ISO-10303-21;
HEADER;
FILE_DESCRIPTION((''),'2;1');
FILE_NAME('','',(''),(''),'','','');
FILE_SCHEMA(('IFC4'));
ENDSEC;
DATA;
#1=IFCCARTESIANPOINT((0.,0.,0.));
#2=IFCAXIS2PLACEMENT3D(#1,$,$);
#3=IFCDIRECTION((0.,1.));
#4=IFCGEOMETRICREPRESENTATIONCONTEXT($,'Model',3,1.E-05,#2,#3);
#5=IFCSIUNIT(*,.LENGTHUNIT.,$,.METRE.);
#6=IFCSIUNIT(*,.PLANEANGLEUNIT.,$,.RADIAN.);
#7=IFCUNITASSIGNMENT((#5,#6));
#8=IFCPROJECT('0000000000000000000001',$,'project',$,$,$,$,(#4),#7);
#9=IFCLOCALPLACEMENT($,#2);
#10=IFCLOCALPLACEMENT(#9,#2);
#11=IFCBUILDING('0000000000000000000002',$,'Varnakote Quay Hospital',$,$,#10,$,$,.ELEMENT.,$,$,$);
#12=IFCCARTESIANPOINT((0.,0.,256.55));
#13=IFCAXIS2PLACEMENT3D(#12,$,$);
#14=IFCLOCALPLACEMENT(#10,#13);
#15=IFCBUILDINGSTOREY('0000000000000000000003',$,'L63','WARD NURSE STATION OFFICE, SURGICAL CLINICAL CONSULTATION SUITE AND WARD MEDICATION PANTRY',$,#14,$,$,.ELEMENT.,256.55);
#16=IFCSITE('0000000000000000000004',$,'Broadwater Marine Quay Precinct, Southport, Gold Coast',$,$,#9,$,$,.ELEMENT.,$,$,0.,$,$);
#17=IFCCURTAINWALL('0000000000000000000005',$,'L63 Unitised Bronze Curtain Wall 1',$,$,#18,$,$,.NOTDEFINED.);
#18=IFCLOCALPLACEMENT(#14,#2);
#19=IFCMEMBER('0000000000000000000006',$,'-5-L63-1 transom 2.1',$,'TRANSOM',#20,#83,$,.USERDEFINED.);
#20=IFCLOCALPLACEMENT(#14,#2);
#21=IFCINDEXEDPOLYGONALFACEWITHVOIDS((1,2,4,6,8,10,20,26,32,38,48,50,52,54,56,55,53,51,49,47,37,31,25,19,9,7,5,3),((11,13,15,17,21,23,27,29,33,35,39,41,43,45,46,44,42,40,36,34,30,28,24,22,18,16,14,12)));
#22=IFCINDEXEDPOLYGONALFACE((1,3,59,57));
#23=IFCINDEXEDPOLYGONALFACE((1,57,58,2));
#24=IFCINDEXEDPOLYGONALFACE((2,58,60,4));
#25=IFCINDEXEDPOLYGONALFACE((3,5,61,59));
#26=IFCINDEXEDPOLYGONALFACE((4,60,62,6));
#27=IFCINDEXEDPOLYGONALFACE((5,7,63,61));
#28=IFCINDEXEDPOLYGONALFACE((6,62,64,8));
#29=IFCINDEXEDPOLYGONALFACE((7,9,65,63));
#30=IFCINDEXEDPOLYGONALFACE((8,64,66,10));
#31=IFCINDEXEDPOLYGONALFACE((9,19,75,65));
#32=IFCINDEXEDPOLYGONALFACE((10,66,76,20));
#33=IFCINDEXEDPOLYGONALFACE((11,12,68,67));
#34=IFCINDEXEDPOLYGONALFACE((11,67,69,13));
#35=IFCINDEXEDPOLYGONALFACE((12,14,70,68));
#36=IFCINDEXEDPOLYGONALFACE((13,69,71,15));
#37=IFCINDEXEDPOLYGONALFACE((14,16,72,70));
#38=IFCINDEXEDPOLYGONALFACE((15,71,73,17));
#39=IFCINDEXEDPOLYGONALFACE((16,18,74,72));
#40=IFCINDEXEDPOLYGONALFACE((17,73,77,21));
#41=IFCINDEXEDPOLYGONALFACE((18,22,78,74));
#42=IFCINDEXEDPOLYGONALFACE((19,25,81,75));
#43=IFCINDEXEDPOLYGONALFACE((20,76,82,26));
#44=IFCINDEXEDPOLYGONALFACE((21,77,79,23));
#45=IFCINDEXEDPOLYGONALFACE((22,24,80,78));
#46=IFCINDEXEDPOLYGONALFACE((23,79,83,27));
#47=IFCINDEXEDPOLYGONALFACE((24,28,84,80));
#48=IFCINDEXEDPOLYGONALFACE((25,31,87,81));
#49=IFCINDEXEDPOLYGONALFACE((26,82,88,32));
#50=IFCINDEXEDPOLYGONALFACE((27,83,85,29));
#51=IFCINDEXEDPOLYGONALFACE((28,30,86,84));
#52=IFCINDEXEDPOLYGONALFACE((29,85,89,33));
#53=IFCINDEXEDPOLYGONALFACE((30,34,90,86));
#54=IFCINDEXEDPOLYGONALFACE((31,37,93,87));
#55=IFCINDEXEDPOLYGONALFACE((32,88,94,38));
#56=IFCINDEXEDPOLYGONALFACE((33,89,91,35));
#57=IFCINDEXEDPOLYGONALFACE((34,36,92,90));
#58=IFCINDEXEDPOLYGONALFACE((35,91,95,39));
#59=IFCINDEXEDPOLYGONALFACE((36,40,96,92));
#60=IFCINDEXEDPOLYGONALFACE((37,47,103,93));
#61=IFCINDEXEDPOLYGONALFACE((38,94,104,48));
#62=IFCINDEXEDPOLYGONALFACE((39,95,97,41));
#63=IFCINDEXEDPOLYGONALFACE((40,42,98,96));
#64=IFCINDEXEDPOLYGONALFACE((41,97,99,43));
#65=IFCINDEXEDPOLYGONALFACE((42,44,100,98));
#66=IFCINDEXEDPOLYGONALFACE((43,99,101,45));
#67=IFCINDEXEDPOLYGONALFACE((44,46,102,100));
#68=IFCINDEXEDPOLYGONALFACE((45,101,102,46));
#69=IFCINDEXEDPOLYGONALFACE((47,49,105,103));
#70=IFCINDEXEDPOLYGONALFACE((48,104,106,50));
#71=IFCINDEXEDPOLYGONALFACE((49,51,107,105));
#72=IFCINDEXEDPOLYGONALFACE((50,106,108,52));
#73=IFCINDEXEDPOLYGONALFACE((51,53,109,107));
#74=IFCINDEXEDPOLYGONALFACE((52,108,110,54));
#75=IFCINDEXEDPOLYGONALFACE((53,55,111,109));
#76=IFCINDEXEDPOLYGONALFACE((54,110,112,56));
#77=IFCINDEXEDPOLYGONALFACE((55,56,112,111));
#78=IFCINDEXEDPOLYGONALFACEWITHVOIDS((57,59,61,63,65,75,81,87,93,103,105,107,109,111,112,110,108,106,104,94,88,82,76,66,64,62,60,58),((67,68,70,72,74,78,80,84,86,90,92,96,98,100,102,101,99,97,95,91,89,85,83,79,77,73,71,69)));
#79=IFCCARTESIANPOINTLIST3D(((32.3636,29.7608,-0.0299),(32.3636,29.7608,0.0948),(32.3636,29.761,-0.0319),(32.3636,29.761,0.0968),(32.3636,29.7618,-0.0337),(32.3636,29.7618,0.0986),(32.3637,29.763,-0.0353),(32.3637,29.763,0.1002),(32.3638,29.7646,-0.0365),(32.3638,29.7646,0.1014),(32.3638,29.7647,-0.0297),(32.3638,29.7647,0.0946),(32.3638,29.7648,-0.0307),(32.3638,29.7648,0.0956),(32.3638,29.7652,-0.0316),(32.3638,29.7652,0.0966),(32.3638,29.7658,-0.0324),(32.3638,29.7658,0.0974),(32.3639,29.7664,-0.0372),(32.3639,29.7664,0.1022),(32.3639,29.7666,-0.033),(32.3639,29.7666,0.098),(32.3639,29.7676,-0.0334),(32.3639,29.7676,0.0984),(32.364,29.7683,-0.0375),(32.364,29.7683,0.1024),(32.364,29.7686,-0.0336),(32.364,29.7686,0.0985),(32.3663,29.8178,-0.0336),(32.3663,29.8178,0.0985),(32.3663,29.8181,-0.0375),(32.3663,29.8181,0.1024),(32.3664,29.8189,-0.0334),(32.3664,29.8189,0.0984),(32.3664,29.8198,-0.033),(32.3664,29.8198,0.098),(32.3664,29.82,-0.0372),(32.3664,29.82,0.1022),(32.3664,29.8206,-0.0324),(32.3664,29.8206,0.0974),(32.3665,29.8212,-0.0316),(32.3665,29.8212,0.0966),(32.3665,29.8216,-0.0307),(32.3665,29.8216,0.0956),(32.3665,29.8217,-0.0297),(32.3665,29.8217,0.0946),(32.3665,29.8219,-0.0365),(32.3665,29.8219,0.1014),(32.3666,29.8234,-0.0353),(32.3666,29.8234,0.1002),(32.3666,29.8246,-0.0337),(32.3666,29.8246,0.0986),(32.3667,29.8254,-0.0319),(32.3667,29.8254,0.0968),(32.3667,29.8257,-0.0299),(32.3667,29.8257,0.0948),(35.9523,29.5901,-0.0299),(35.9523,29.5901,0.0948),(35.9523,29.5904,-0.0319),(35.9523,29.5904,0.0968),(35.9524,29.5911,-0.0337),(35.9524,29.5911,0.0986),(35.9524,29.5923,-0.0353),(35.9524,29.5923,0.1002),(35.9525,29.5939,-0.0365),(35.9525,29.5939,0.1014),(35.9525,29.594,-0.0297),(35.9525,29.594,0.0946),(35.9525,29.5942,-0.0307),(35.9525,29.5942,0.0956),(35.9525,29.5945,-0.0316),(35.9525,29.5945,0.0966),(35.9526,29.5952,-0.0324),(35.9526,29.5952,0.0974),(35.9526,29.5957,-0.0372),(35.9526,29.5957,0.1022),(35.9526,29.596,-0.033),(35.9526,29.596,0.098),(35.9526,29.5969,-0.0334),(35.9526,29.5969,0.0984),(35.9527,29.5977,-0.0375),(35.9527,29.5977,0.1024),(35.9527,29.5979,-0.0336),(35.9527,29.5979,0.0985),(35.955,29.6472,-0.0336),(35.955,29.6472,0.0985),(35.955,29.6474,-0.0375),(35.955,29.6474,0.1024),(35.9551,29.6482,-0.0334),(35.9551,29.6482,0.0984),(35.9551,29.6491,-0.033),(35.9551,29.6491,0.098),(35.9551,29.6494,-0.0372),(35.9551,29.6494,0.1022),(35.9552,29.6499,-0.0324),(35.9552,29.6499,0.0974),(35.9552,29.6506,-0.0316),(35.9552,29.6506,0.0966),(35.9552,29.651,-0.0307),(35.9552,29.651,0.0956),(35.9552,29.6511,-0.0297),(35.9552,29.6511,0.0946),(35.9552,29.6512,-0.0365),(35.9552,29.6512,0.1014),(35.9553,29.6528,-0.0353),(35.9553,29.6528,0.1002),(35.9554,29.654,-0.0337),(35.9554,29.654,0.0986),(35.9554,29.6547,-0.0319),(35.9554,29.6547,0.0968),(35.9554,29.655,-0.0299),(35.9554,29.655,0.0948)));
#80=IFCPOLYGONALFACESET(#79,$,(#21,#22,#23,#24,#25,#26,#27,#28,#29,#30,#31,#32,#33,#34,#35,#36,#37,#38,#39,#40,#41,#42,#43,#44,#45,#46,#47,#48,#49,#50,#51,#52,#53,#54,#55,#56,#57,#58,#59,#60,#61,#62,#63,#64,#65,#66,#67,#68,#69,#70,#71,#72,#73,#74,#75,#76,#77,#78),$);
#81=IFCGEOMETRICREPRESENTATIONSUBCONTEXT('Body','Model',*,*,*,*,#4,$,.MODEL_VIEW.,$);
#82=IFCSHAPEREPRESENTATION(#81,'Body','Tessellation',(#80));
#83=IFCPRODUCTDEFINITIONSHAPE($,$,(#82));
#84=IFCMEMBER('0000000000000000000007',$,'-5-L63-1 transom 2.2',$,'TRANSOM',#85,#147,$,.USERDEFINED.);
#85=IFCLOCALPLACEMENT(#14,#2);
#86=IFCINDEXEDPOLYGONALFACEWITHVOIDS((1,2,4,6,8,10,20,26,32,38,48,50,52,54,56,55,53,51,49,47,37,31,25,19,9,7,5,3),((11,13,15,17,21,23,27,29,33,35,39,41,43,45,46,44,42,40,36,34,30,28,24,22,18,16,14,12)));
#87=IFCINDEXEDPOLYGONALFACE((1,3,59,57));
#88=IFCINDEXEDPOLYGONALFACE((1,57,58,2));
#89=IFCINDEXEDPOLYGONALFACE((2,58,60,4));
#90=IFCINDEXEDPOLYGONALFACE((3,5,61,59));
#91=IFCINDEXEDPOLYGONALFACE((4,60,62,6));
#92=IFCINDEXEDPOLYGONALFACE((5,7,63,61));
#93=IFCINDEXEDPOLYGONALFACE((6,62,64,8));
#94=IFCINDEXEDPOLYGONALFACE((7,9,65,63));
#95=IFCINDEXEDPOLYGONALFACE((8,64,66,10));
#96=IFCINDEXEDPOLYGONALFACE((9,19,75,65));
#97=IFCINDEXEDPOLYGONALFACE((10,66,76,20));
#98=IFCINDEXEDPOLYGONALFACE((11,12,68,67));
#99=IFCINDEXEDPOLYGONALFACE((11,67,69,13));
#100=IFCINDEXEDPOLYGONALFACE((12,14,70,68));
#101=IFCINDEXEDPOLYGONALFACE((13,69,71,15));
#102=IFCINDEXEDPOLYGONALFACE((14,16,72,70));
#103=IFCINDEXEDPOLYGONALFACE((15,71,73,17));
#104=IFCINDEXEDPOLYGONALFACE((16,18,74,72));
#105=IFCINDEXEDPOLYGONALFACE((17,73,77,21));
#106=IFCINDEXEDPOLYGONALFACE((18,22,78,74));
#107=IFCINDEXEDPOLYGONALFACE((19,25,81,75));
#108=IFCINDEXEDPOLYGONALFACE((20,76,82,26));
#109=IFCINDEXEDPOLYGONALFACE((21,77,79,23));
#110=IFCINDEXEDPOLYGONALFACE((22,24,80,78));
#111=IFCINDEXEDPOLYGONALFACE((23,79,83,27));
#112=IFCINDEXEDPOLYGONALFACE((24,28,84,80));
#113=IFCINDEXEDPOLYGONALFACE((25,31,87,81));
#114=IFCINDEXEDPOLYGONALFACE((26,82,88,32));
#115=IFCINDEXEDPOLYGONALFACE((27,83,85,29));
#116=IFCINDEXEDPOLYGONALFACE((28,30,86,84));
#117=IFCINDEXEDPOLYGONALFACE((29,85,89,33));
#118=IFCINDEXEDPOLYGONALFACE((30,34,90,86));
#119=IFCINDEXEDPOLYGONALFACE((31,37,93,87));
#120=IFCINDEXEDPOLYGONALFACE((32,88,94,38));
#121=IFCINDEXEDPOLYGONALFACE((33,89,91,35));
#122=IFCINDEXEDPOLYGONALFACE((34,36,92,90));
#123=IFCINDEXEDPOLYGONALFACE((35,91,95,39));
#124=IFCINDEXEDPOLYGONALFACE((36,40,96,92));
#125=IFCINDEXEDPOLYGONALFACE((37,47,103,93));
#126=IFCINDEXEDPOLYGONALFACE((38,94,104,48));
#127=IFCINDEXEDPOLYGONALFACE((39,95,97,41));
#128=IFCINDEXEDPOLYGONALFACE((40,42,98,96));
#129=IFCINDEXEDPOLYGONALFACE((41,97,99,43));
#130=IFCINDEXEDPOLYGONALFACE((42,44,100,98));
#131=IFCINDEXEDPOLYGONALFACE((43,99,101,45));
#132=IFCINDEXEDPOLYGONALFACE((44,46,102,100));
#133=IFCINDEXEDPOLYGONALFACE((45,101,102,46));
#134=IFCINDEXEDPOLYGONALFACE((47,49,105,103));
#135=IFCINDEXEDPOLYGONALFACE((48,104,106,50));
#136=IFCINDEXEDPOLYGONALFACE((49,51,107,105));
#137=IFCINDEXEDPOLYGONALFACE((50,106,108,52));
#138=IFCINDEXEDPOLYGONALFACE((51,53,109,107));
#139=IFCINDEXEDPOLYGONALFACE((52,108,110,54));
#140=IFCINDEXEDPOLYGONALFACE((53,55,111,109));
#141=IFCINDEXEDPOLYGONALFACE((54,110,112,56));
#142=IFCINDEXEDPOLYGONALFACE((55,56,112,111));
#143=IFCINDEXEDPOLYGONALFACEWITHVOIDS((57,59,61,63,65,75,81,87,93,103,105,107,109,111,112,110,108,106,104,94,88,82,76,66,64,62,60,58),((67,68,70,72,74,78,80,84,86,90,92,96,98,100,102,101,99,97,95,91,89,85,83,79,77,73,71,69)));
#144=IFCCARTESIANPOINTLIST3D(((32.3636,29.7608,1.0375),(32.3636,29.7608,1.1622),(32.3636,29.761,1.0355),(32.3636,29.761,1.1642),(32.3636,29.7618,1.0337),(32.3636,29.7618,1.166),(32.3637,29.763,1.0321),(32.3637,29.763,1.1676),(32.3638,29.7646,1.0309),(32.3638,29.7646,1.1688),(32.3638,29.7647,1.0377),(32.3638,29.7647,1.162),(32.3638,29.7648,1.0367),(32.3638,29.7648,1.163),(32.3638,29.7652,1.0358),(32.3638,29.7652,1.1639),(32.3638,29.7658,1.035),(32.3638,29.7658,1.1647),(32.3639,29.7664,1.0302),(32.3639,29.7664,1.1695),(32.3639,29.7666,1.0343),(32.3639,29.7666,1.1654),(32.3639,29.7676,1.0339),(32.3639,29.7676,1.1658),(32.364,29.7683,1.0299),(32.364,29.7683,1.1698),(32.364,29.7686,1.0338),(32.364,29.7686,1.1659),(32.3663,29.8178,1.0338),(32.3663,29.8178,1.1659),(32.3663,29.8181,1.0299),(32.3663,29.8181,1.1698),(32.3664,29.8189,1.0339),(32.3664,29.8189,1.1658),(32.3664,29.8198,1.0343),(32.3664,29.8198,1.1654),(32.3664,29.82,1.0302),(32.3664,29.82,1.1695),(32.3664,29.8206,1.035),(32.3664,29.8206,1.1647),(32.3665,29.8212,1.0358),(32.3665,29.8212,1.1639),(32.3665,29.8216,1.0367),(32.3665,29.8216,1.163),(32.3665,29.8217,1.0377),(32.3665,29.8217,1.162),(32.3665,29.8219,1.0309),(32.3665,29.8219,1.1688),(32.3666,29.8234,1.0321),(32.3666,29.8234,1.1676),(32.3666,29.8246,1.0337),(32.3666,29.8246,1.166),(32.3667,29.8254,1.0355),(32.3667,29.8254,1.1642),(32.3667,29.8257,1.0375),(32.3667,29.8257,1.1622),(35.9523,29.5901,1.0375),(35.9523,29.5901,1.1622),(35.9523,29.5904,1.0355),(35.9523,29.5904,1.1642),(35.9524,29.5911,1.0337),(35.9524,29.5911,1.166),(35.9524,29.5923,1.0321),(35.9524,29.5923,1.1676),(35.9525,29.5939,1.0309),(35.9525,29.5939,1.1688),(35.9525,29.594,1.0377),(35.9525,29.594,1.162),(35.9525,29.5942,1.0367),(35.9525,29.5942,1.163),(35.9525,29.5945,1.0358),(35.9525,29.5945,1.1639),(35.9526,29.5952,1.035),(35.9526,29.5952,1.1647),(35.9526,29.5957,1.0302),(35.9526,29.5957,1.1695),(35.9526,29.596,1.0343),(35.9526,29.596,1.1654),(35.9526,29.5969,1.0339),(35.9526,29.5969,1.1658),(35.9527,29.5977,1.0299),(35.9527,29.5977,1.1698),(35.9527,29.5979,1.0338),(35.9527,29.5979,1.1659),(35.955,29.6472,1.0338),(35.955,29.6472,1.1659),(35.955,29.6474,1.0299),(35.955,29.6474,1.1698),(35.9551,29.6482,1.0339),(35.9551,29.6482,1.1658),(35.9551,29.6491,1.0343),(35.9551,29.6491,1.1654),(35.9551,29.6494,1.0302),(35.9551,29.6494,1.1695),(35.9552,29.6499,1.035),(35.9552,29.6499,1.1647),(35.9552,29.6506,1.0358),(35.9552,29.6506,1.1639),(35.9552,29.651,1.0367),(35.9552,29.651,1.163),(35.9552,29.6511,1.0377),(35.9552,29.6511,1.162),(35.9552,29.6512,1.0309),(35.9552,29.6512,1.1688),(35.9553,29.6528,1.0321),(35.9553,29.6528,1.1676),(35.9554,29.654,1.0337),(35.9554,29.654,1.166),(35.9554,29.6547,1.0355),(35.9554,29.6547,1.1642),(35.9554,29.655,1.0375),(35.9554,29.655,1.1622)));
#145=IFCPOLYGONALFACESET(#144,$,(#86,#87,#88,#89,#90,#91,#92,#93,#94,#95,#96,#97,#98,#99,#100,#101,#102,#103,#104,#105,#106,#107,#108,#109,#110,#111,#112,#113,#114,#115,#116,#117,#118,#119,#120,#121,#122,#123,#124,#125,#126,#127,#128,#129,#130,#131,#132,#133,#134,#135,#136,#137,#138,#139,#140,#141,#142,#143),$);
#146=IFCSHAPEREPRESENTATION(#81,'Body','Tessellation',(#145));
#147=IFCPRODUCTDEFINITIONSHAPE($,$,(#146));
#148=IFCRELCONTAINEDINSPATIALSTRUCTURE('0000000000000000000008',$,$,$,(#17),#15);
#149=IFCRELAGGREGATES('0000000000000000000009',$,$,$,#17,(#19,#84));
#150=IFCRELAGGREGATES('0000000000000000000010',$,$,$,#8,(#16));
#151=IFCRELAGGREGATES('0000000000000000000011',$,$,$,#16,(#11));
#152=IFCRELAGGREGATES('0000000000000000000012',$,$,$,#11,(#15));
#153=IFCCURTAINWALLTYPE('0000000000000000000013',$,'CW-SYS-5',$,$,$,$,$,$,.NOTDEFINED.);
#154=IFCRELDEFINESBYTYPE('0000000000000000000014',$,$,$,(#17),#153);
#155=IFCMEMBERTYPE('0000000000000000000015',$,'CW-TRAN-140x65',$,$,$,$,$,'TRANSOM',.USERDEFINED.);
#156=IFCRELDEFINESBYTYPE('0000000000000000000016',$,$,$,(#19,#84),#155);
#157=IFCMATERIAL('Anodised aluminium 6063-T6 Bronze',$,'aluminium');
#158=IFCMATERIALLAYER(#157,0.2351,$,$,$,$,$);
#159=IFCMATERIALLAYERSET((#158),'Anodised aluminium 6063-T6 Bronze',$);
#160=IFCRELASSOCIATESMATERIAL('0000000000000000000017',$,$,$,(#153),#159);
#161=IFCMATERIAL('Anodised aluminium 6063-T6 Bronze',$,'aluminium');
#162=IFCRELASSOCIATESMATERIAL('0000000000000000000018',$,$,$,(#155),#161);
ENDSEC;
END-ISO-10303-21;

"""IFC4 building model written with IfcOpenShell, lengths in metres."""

from ifc_helpers import new_model, si_unit, direction, frame, origin, origin_2d, place, context, subcontext, project, spatial, hollow_rectangle, extrude, material, layer, layer_set, material_profile, profile_set, type_object, element, aggregate, save


model = new_model("IFC4")

# Units and contexts
model_context = context("Model", 3, precision=1e-05, world=origin(), true_north=direction((0.0, 1.0)))
body_context = subcontext(model_context, "Body", "Model", "MODEL_VIEW")
ifc_project = project(units=[si_unit("LENGTHUNIT", "METRE"), si_unit("PLANEANGLEUNIT", "RADIAN")], contexts=[model_context])

# Site, building, storey
site_placement = place(None, origin())
site = spatial("IfcSite", under=ifc_project, at=site_placement, Name="Broadwater Marine Quay Precinct, Southport, Gold Coast", CompositionType="ELEMENT", RefElevation=0.0)
building_placement = place(site_placement, origin())
building = spatial("IfcBuilding", under=site, at=building_placement, Name="Varnakote Quay Hospital", CompositionType="ELEMENT")
storey_placement = place(building_placement, frame((0.0, 0.0, 256.55)))
storey = spatial("IfcBuildingStorey", under=building, at=storey_placement, Name="L63", Description="WARD NURSE STATION OFFICE, SURGICAL CLINICAL CONSULTATION SUITE AND WARD MEDICATION PANTRY", CompositionType="ELEMENT", Elevation=256.55)

# Curtain wall, members
ifc_material_1 = material(Name="Anodised aluminium 6063-T6 Bronze", Category="aluminium")
ifc_layer_1 = layer(ifc_material_1, 0.2351)
ifc_layer_set_1 = layer_set([ifc_layer_1], Name="Anodised aluminium 6063-T6 Bronze")
curtain_wall_type = type_object("IfcCurtainWallType", Name="CW-SYS-5", PredefinedType="NOTDEFINED", material=ifc_layer_set_1)
curtain_wall_placement = place(storey_placement, origin())
curtain_wall = element("IfcCurtainWall", 1, at=curtain_wall_placement, inside=storey, type_object=curtain_wall_type, Name="L63 Unitised Bronze Curtain Wall 1", PredefinedType="NOTDEFINED")
ifc_material_2 = material(Name="Anodised aluminium 6063-T6 Bronze", Category="aluminium")
ifc_material_profile_1 = material_profile(ifc_material_2, hollow_rectangle(XDim=0.0649, YDim=0.1399, WallThickness=0.0039, InnerFilletRadius=0.0039, OuterFilletRadius=0.0076, at=origin_2d()), Name="CW-TRAN-140x65")
ifc_profile_set_1 = profile_set([ifc_material_profile_1], Name="Anodised aluminium 6063-T6 Bronze")
member_type_1 = type_object("IfcMemberType", Name="CW-TRAN-140x65", ElementType="TRANSOM", PredefinedType="USERDEFINED", material=ifc_profile_set_1)
member_1_placement = place(storey_placement, frame((35.9539, 29.6226, 0.0325), z_axis=(-0.998871, 0.047501, 0.0), x_axis=(-0.047501, -0.998871, 0.0)))
member_1 = element("IfcMember", 2, at=member_1_placement, type_object=member_type_1, Name="-5-L63-1 transom 2.1", ObjectType="TRANSOM", PredefinedType="USERDEFINED", context=body_context, shape_type="SweptSolid", body=[
    extrude(hollow_rectangle(XDim=0.0649, YDim=0.1399, WallThickness=0.0039, InnerFilletRadius=0.0039, OuterFilletRadius=0.0076, at=origin_2d()), origin(), (0.0, 0.0, 1.0), 3.5928),
])
member_2_placement = place(storey_placement, frame((35.9539, 29.6226, 1.0999), z_axis=(-0.998871, 0.047501, 0.0), x_axis=(-0.047501, -0.998871, 0.0)))
member_2 = element("IfcMember", 3, at=member_2_placement, type_object=member_type_1, Name="-5-L63-1 transom 2.2", ObjectType="TRANSOM", PredefinedType="USERDEFINED", context=body_context, shape_type="SweptSolid", body=[
    extrude(hollow_rectangle(XDim=0.0649, YDim=0.1399, WallThickness=0.0039, InnerFilletRadius=0.0039, OuterFilletRadius=0.0076, at=origin_2d()), origin(), (0.0, 0.0, 1.0), 3.5928),
])
aggregate(curtain_wall, [member_1, member_2])

save(model, "model.ifc")
